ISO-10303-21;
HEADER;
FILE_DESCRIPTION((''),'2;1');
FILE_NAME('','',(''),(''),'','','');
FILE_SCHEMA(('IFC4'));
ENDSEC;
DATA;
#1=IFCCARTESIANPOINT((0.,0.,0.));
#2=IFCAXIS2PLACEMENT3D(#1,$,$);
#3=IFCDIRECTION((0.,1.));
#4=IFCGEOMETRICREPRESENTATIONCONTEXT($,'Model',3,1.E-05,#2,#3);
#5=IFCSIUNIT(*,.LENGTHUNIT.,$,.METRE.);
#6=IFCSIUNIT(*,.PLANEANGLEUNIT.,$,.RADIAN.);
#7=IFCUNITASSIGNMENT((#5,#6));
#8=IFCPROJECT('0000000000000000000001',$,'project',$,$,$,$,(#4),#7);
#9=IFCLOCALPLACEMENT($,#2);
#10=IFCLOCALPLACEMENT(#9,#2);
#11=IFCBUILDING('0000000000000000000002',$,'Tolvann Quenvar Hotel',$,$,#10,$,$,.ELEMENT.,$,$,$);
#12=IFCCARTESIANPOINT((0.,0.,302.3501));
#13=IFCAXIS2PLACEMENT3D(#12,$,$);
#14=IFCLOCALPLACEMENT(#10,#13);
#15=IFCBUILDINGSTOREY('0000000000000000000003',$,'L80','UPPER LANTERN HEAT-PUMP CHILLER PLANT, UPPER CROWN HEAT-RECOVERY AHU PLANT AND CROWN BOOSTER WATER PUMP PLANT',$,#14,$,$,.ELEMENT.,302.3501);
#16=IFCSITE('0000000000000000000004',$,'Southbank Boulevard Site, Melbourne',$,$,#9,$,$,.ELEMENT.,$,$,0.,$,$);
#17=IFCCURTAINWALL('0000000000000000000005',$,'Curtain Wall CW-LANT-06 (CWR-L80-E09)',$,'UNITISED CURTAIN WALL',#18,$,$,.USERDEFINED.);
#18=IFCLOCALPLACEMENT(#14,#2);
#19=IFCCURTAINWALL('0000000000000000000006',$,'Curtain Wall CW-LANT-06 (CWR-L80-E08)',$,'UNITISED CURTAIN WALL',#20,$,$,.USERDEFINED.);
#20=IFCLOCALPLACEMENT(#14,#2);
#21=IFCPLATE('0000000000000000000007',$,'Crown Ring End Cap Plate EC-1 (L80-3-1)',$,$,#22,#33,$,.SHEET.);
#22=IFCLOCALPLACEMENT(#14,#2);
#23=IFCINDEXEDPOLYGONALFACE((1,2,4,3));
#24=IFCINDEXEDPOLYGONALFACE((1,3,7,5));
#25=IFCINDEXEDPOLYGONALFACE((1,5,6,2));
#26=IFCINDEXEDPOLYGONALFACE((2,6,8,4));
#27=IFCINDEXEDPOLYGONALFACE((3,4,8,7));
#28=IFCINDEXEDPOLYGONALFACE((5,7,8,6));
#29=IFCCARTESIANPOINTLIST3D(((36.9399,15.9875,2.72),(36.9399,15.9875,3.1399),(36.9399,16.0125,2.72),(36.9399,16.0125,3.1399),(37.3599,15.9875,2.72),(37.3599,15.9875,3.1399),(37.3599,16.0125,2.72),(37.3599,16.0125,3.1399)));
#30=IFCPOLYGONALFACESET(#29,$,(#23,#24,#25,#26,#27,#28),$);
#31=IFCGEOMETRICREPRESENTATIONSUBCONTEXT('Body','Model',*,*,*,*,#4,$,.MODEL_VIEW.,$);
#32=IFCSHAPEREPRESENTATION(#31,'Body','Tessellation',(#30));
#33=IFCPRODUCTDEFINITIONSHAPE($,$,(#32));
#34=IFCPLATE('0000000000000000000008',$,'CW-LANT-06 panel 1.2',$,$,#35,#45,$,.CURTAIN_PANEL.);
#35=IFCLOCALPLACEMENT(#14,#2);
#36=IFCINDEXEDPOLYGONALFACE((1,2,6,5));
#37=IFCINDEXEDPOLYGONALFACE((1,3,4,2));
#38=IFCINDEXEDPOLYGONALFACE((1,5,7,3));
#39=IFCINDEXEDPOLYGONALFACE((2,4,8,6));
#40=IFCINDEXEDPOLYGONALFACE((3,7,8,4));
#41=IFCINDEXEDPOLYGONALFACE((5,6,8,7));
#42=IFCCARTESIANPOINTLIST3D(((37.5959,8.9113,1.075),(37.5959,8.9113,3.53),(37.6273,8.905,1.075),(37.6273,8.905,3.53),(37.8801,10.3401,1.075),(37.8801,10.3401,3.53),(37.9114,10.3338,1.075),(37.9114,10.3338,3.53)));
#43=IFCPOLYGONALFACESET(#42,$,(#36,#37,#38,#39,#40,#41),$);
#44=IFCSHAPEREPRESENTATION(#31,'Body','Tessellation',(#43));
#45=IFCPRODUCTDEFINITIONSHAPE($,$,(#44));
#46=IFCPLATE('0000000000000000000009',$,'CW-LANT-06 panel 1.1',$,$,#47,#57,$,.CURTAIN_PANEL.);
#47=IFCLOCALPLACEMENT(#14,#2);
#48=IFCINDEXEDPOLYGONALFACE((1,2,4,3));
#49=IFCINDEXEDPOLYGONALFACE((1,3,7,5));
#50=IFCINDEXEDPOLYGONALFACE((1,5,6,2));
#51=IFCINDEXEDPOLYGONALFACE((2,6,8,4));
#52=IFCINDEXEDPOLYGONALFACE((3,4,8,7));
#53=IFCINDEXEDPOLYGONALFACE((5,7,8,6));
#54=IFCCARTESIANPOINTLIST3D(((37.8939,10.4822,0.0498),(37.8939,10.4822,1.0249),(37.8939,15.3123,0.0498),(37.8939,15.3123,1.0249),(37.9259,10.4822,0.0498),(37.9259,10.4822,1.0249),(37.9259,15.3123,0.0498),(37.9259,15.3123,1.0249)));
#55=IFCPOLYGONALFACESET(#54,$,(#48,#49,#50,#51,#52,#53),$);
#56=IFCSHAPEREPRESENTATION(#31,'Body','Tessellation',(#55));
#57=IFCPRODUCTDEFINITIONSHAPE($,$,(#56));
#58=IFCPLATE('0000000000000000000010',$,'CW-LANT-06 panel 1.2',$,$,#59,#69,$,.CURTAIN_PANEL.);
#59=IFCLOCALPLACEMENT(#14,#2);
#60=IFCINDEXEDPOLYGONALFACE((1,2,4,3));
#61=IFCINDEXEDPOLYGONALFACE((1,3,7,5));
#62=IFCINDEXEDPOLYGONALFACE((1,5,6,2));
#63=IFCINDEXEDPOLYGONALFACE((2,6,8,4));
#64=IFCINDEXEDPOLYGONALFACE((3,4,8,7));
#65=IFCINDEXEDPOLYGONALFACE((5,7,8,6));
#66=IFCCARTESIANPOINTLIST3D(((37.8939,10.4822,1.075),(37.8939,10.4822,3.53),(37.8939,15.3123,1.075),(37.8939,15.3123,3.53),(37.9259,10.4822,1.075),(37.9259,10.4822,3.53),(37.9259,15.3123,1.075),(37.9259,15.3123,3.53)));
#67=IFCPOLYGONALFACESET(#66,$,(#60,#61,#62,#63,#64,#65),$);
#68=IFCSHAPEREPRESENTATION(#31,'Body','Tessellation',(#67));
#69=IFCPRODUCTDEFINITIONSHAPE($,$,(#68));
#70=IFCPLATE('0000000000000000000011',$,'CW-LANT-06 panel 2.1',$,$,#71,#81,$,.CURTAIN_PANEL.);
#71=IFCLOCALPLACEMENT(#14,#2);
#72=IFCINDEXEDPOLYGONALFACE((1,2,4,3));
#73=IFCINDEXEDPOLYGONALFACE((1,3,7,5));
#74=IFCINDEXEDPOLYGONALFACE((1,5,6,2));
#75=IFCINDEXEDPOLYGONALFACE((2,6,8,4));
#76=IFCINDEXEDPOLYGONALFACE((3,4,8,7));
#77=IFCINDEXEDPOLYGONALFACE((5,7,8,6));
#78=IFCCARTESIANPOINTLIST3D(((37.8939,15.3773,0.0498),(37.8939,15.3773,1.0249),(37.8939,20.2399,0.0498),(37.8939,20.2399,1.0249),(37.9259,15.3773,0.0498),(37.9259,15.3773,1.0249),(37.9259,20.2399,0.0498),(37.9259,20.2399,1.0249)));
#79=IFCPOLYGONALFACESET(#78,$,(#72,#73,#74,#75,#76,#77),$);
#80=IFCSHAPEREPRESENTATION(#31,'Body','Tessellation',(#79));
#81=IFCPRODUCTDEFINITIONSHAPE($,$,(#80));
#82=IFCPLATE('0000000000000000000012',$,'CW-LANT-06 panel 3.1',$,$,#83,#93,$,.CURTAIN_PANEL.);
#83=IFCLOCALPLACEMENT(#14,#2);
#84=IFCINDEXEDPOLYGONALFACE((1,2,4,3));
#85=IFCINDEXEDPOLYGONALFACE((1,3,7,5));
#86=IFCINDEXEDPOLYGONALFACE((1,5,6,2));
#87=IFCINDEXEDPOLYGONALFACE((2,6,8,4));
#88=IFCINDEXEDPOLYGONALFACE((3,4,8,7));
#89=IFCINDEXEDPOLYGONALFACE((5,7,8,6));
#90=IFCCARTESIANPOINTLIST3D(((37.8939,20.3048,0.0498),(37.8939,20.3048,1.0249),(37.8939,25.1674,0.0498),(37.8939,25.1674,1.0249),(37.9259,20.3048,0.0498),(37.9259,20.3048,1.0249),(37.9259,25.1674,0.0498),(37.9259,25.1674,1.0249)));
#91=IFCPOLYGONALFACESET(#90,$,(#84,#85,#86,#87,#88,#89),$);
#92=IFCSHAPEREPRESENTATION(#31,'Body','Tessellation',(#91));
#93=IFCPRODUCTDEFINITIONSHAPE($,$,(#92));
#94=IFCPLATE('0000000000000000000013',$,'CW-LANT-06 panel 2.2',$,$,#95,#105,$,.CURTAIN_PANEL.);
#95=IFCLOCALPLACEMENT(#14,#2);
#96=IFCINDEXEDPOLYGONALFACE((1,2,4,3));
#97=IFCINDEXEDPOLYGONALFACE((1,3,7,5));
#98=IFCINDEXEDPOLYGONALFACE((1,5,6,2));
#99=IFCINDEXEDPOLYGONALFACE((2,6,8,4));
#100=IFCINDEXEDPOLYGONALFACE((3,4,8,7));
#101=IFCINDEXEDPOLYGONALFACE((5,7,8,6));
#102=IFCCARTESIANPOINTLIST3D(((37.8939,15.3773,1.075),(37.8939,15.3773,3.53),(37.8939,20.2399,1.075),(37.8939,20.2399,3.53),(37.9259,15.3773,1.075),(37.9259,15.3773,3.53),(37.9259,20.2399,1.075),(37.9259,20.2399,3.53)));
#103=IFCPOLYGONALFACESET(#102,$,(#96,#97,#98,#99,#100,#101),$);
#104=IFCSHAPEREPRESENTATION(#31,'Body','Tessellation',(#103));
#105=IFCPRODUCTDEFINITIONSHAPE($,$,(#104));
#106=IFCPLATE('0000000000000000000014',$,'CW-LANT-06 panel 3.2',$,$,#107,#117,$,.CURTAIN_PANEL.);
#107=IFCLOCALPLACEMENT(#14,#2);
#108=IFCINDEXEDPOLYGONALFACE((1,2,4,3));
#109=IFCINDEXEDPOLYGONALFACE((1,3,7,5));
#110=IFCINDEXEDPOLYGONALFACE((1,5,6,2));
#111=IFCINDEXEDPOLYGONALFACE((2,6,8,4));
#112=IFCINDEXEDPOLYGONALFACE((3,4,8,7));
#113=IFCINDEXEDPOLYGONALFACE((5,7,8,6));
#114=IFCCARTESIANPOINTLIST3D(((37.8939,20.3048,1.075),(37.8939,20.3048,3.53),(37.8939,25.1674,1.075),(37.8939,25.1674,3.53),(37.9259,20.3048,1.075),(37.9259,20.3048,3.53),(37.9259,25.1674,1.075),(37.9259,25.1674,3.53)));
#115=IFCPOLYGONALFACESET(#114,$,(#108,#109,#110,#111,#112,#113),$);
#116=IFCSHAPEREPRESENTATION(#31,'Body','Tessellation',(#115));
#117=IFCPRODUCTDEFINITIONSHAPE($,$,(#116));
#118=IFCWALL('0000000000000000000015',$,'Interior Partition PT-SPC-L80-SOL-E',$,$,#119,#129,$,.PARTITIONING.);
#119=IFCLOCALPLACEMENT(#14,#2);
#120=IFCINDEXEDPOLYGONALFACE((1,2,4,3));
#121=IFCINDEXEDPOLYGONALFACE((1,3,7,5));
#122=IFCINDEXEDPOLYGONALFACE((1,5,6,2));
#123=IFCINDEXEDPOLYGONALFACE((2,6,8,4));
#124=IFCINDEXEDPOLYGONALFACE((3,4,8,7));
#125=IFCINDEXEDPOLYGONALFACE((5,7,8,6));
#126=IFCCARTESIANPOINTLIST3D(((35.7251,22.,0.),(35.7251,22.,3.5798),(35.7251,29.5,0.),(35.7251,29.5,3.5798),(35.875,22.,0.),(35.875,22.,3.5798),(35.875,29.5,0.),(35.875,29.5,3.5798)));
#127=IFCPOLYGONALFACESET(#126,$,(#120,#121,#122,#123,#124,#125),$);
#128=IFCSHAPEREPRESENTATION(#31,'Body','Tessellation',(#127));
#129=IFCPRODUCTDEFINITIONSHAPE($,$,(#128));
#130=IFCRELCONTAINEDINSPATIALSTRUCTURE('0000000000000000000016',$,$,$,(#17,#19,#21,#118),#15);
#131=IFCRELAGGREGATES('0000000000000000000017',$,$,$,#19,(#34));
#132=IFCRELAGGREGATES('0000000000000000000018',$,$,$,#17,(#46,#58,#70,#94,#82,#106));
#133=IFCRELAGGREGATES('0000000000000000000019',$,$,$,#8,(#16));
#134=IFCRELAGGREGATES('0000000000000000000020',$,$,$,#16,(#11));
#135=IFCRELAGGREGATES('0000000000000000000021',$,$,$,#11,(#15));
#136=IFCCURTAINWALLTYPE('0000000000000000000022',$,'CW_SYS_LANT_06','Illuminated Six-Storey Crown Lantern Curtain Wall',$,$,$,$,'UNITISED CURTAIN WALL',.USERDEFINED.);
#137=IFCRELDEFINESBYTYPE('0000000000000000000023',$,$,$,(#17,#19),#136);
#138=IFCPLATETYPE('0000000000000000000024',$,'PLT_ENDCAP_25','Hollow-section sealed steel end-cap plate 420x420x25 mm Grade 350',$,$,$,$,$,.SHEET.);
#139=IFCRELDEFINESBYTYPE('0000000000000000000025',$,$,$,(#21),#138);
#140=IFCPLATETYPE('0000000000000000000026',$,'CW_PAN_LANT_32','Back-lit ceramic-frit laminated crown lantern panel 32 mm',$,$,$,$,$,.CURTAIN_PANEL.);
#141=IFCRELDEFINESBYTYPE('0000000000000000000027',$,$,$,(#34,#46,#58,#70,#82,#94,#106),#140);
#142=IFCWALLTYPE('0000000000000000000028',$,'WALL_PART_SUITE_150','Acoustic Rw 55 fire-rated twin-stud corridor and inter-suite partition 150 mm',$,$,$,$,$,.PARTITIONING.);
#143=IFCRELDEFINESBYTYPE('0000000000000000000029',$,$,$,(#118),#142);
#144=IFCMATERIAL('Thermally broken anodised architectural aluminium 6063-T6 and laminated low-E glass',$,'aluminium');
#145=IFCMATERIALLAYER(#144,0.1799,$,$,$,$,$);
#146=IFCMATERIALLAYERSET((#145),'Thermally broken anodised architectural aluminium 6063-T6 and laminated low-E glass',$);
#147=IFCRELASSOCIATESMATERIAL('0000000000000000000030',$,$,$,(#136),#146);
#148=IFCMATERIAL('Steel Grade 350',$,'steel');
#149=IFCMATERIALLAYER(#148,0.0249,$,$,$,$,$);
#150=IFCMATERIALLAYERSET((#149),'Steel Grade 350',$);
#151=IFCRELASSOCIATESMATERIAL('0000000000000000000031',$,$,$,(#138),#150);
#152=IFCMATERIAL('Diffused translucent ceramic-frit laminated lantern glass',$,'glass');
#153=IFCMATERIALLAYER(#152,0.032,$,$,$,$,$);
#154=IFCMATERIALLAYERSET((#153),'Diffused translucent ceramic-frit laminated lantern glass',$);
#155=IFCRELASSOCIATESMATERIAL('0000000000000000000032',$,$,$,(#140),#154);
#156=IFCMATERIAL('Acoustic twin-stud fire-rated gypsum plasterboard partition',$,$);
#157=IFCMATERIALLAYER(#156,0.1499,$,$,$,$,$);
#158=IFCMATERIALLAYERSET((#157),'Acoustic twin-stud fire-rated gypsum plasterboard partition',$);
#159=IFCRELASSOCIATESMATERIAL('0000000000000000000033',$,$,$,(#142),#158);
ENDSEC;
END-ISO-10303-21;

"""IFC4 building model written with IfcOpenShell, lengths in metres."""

from ifc_helpers import new_model, si_unit, direction, frame, frame_2d, origin, origin_2d, place, context, subcontext, project, spatial, rectangle, extrude, source, transform, mapped, material, layer, layer_set, type_object, type_shapes, element, aggregate, save


model = new_model("IFC4")

# Units and contexts
model_context = context("Model", 3, precision=1e-05, world=origin(), true_north=direction((0.0, 1.0)))
body_context = subcontext(model_context, "Body", "Model", "MODEL_VIEW")
ifc_project = project(units=[si_unit("LENGTHUNIT", "METRE"), si_unit("PLANEANGLEUNIT", "RADIAN")], contexts=[model_context])

# Site, building, storey
site_placement = place(None, origin())
site = spatial("IfcSite", under=ifc_project, at=site_placement, Name="Southbank Boulevard Site, Melbourne", CompositionType="ELEMENT", RefElevation=0.0)
building_placement = place(site_placement, origin())
building = spatial("IfcBuilding", under=site, at=building_placement, Name="Tolvann Quenvar Hotel", CompositionType="ELEMENT")
storey_placement = place(building_placement, frame((0.0, 0.0, 302.3501)))
storey = spatial("IfcBuildingStorey", under=building, at=storey_placement, Name="L80", Description="UPPER LANTERN HEAT-PUMP CHILLER PLANT, UPPER CROWN HEAT-RECOVERY AHU PLANT AND CROWN BOOSTER WATER PUMP PLANT", CompositionType="ELEMENT", Elevation=302.3501)

# Shared definitions
ifc_material_1 = material(Name="Steel Grade 350", Category="steel")

# Curtain wall
ifc_material_2 = material(Name="Thermally broken anodised architectural aluminium 6063-T6 and laminated low-E glass", Category="aluminium")
ifc_layer_1 = layer(ifc_material_2, 0.1799)
ifc_layer_set_1 = layer_set([ifc_layer_1], Name="Thermally broken anodised architectural aluminium 6063-T6 and laminated low-E glass")
curtain_wall_type = type_object("IfcCurtainWallType", Name="CW_SYS_LANT_06", Description="Illuminated Six-Storey Crown Lantern Curtain Wall", ElementType="UNITISED CURTAIN WALL", PredefinedType="USERDEFINED", material=ifc_layer_set_1)
curtain_wall_1_placement = place(storey_placement, origin())
curtain_wall_1 = element("IfcCurtainWall", 1, at=curtain_wall_1_placement, inside=storey, type_object=curtain_wall_type, Name="Curtain Wall CW-LANT-06 (CWR-L80-E09)", ObjectType="UNITISED CURTAIN WALL", PredefinedType="USERDEFINED")

# Curtain wall
curtain_wall_2_placement = place(storey_placement, origin())
curtain_wall_2 = element("IfcCurtainWall", 2, at=curtain_wall_2_placement, inside=storey, type_object=curtain_wall_type, Name="Curtain Wall CW-LANT-06 (CWR-L80-E08)", ObjectType="UNITISED CURTAIN WALL", PredefinedType="USERDEFINED")

# Plates
ifc_layer_2 = layer(ifc_material_1, 0.0249)
ifc_layer_set_2 = layer_set([ifc_layer_2], Name="Steel Grade 350")
plate_type_1 = type_object("IfcPlateType", Name="PLT_ENDCAP_25", Description="Hollow-section sealed steel end-cap plate 420x420x25 mm Grade 350", PredefinedType="SHEET", material=ifc_layer_set_2)
shared_shape_1 = source(origin(), body_context, "Body", "SweptSolid", [
    extrude(rectangle(XDim=0.4199, YDim=0.0249, at=origin_2d()), origin(), (0.0, 0.0, 1.0), 0.4199),
])
type_shapes(plate_type_1, [shared_shape_1])
plate_1_placement = place(storey_placement, frame((37.1499, 16.0, 2.72), z_axis=(0.0, 0.0, 1.0), x_axis=(1.0, 0.0, 0.0)))
element("IfcPlate", 3, at=plate_1_placement, inside=storey, type_object=plate_type_1, Name="Crown Ring End Cap Plate EC-1 (L80-3-1)", PredefinedType="SHEET", context=body_context, shape_type="MappedRepresentation", body=[
    mapped(shared_shape_1, transform((0.0, 0.0, 0.0), x_axis=(1.0, 0.0, 0.0), y_axis=(0.0, 1.0, 0.0), z_axis=(0.0, 0.0, 1.0), scale=1.0)),
])
ifc_material_3 = material(Name="Diffused translucent ceramic-frit laminated lantern glass", Category="glass")
ifc_layer_3 = layer(ifc_material_3, 0.032)
ifc_layer_set_3 = layer_set([ifc_layer_3], Name="Diffused translucent ceramic-frit laminated lantern glass")
plate_type_2 = type_object("IfcPlateType", Name="CW_PAN_LANT_32", Description="Back-lit ceramic-frit laminated crown lantern panel 32 mm", PredefinedType="CURTAIN_PANEL", material=ifc_layer_set_3)
shared_shape_2 = source(origin(), body_context, "Body", "SweptSolid", [
    extrude(rectangle(XDim=1.4568, YDim=0.032, at=origin_2d()), origin(), (0.0, 0.0, 1.0), 2.4551),
])
plate_2_placement = place(storey_placement, frame((37.7537, 9.6226, 1.075), z_axis=(0.0, 0.0, 1.0), x_axis=(0.195062, 0.980791, 0.0)))
plate_2 = element("IfcPlate", 4, at=plate_2_placement, type_object=plate_type_2, Name="CW-LANT-06 panel 1.2", PredefinedType="CURTAIN_PANEL", context=body_context, shape_type="MappedRepresentation", body=[
    mapped(shared_shape_2, transform((0.0, 0.0, 0.0), x_axis=(1.0, 0.0, 0.0), y_axis=(0.0, 1.0, 0.0), z_axis=(0.0, 0.0, 1.0), scale=1.0)),
])
aggregate(curtain_wall_2, [plate_2])
shared_shape_3 = source(origin(), body_context, "Body", "SweptSolid", [
    extrude(rectangle(XDim=4.8301, YDim=0.032, at=origin_2d()), origin(), (0.0, 0.0, 1.0), 0.9751),
])
plate_3_placement = place(storey_placement, frame((37.9099, 12.8972, 0.0498), z_axis=(0.0, 0.0, 1.0), x_axis=(0.0, 1.0, 0.0)))
plate_3 = element("IfcPlate", 5, at=plate_3_placement, type_object=plate_type_2, Name="CW-LANT-06 panel 1.1", PredefinedType="CURTAIN_PANEL", context=body_context, shape_type="MappedRepresentation", body=[
    mapped(shared_shape_3, transform((0.0, 0.0, 0.0), x_axis=(1.0, 0.0, 0.0), y_axis=(0.0, 1.0, 0.0), z_axis=(0.0, 0.0, 1.0), scale=1.0)),
])
shared_shape_4 = source(origin(), body_context, "Body", "SweptSolid", [
    extrude(rectangle(XDim=4.8301, YDim=0.032, at=origin_2d()), origin(), (0.0, 0.0, 1.0), 2.4551),
])
plate_4_placement = place(storey_placement, frame((37.9099, 12.8972, 1.075), z_axis=(0.0, 0.0, 1.0), x_axis=(0.0, 1.0, 0.0)))
plate_4 = element("IfcPlate", 6, at=plate_4_placement, type_object=plate_type_2, Name="CW-LANT-06 panel 1.2", PredefinedType="CURTAIN_PANEL", context=body_context, shape_type="MappedRepresentation", body=[
    mapped(shared_shape_4, transform((0.0, 0.0, 0.0), x_axis=(1.0, 0.0, 0.0), y_axis=(0.0, 1.0, 0.0), z_axis=(0.0, 0.0, 1.0), scale=1.0)),
])
shared_shape_5 = source(origin(), body_context, "Body", "SweptSolid", [
    extrude(rectangle(XDim=4.8625, YDim=0.032, at=origin_2d()), origin(), (0.0, 0.0, 1.0), 0.9751),
])
plate_5_placement = place(storey_placement, frame((37.9099, 17.8086, 0.0498), z_axis=(0.0, 0.0, 1.0), x_axis=(0.0, 1.0, 0.0)))
plate_5 = element("IfcPlate", 7, at=plate_5_placement, type_object=plate_type_2, Name="CW-LANT-06 panel 2.1", PredefinedType="CURTAIN_PANEL", context=body_context, shape_type="MappedRepresentation", body=[
    mapped(shared_shape_5, transform((0.0, 0.0, 0.0), x_axis=(1.0, 0.0, 0.0), y_axis=(0.0, 1.0, 0.0), z_axis=(0.0, 0.0, 1.0), scale=1.0)),
])
plate_6_placement = place(storey_placement, frame((37.9099, 22.7361, 0.0498), z_axis=(0.0, 0.0, 1.0), x_axis=(0.0, 1.0, 0.0)))
plate_6 = element("IfcPlate", 8, at=plate_6_placement, type_object=plate_type_2, Name="CW-LANT-06 panel 3.1", PredefinedType="CURTAIN_PANEL", context=body_context, shape_type="MappedRepresentation", body=[
    mapped(shared_shape_5, transform((0.0, 0.0, 0.0), x_axis=(1.0, 0.0, 0.0), y_axis=(0.0, 1.0, 0.0), z_axis=(0.0, 0.0, 1.0), scale=1.0)),
])
shared_shape_6 = source(origin(), body_context, "Body", "SweptSolid", [
    extrude(rectangle(XDim=4.8625, YDim=0.032, at=origin_2d()), origin(), (0.0, 0.0, 1.0), 2.4551),
])
type_shapes(plate_type_2, [shared_shape_2, shared_shape_3, shared_shape_4, shared_shape_5, shared_shape_6])
plate_7_placement = place(storey_placement, frame((37.9099, 17.8086, 1.075), z_axis=(0.0, 0.0, 1.0), x_axis=(0.0, 1.0, 0.0)))
plate_7 = element("IfcPlate", 9, at=plate_7_placement, type_object=plate_type_2, Name="CW-LANT-06 panel 2.2", PredefinedType="CURTAIN_PANEL", context=body_context, shape_type="MappedRepresentation", body=[
    mapped(shared_shape_6, transform((0.0, 0.0, 0.0), x_axis=(1.0, 0.0, 0.0), y_axis=(0.0, 1.0, 0.0), z_axis=(0.0, 0.0, 1.0), scale=1.0)),
])
plate_8_placement = place(storey_placement, frame((37.9099, 22.7361, 1.075), z_axis=(0.0, 0.0, 1.0), x_axis=(0.0, 1.0, 0.0)))
plate_8 = element("IfcPlate", 10, at=plate_8_placement, type_object=plate_type_2, Name="CW-LANT-06 panel 3.2", PredefinedType="CURTAIN_PANEL", context=body_context, shape_type="MappedRepresentation", body=[
    mapped(shared_shape_6, transform((0.0, 0.0, 0.0), x_axis=(1.0, 0.0, 0.0), y_axis=(0.0, 1.0, 0.0), z_axis=(0.0, 0.0, 1.0), scale=1.0)),
])
aggregate(curtain_wall_1, [plate_3, plate_4, plate_5, plate_7, plate_6, plate_8])

# Wall
ifc_material_4 = material(Name="Acoustic twin-stud fire-rated gypsum plasterboard partition")
ifc_layer_4 = layer(ifc_material_4, 0.1499)
ifc_layer_set_4 = layer_set([ifc_layer_4], Name="Acoustic twin-stud fire-rated gypsum plasterboard partition")
wall_type = type_object("IfcWallType", Name="WALL_PART_SUITE_150", Description="Acoustic Rw 55 fire-rated twin-stud corridor and inter-suite partition 150 mm", PredefinedType="PARTITIONING", material=ifc_layer_set_4)
wall_placement = place(storey_placement, frame((35.8, 22.0, 0.0), z_axis=(0.0, 0.0, 1.0), x_axis=(0.0, 1.0, 0.0)))
element("IfcWall", 11, at=wall_placement, inside=storey, type_object=wall_type, Name="Interior Partition PT-SPC-L80-SOL-E", PredefinedType="PARTITIONING", context=body_context, shape_type="SweptSolid", body=[
    extrude(rectangle(XDim=7.5, YDim=0.1499, at=frame_2d((3.75, 0.0))), origin(), (0.0, 0.0, 1.0), 3.5798),
])

save(model, "model.ifc")
